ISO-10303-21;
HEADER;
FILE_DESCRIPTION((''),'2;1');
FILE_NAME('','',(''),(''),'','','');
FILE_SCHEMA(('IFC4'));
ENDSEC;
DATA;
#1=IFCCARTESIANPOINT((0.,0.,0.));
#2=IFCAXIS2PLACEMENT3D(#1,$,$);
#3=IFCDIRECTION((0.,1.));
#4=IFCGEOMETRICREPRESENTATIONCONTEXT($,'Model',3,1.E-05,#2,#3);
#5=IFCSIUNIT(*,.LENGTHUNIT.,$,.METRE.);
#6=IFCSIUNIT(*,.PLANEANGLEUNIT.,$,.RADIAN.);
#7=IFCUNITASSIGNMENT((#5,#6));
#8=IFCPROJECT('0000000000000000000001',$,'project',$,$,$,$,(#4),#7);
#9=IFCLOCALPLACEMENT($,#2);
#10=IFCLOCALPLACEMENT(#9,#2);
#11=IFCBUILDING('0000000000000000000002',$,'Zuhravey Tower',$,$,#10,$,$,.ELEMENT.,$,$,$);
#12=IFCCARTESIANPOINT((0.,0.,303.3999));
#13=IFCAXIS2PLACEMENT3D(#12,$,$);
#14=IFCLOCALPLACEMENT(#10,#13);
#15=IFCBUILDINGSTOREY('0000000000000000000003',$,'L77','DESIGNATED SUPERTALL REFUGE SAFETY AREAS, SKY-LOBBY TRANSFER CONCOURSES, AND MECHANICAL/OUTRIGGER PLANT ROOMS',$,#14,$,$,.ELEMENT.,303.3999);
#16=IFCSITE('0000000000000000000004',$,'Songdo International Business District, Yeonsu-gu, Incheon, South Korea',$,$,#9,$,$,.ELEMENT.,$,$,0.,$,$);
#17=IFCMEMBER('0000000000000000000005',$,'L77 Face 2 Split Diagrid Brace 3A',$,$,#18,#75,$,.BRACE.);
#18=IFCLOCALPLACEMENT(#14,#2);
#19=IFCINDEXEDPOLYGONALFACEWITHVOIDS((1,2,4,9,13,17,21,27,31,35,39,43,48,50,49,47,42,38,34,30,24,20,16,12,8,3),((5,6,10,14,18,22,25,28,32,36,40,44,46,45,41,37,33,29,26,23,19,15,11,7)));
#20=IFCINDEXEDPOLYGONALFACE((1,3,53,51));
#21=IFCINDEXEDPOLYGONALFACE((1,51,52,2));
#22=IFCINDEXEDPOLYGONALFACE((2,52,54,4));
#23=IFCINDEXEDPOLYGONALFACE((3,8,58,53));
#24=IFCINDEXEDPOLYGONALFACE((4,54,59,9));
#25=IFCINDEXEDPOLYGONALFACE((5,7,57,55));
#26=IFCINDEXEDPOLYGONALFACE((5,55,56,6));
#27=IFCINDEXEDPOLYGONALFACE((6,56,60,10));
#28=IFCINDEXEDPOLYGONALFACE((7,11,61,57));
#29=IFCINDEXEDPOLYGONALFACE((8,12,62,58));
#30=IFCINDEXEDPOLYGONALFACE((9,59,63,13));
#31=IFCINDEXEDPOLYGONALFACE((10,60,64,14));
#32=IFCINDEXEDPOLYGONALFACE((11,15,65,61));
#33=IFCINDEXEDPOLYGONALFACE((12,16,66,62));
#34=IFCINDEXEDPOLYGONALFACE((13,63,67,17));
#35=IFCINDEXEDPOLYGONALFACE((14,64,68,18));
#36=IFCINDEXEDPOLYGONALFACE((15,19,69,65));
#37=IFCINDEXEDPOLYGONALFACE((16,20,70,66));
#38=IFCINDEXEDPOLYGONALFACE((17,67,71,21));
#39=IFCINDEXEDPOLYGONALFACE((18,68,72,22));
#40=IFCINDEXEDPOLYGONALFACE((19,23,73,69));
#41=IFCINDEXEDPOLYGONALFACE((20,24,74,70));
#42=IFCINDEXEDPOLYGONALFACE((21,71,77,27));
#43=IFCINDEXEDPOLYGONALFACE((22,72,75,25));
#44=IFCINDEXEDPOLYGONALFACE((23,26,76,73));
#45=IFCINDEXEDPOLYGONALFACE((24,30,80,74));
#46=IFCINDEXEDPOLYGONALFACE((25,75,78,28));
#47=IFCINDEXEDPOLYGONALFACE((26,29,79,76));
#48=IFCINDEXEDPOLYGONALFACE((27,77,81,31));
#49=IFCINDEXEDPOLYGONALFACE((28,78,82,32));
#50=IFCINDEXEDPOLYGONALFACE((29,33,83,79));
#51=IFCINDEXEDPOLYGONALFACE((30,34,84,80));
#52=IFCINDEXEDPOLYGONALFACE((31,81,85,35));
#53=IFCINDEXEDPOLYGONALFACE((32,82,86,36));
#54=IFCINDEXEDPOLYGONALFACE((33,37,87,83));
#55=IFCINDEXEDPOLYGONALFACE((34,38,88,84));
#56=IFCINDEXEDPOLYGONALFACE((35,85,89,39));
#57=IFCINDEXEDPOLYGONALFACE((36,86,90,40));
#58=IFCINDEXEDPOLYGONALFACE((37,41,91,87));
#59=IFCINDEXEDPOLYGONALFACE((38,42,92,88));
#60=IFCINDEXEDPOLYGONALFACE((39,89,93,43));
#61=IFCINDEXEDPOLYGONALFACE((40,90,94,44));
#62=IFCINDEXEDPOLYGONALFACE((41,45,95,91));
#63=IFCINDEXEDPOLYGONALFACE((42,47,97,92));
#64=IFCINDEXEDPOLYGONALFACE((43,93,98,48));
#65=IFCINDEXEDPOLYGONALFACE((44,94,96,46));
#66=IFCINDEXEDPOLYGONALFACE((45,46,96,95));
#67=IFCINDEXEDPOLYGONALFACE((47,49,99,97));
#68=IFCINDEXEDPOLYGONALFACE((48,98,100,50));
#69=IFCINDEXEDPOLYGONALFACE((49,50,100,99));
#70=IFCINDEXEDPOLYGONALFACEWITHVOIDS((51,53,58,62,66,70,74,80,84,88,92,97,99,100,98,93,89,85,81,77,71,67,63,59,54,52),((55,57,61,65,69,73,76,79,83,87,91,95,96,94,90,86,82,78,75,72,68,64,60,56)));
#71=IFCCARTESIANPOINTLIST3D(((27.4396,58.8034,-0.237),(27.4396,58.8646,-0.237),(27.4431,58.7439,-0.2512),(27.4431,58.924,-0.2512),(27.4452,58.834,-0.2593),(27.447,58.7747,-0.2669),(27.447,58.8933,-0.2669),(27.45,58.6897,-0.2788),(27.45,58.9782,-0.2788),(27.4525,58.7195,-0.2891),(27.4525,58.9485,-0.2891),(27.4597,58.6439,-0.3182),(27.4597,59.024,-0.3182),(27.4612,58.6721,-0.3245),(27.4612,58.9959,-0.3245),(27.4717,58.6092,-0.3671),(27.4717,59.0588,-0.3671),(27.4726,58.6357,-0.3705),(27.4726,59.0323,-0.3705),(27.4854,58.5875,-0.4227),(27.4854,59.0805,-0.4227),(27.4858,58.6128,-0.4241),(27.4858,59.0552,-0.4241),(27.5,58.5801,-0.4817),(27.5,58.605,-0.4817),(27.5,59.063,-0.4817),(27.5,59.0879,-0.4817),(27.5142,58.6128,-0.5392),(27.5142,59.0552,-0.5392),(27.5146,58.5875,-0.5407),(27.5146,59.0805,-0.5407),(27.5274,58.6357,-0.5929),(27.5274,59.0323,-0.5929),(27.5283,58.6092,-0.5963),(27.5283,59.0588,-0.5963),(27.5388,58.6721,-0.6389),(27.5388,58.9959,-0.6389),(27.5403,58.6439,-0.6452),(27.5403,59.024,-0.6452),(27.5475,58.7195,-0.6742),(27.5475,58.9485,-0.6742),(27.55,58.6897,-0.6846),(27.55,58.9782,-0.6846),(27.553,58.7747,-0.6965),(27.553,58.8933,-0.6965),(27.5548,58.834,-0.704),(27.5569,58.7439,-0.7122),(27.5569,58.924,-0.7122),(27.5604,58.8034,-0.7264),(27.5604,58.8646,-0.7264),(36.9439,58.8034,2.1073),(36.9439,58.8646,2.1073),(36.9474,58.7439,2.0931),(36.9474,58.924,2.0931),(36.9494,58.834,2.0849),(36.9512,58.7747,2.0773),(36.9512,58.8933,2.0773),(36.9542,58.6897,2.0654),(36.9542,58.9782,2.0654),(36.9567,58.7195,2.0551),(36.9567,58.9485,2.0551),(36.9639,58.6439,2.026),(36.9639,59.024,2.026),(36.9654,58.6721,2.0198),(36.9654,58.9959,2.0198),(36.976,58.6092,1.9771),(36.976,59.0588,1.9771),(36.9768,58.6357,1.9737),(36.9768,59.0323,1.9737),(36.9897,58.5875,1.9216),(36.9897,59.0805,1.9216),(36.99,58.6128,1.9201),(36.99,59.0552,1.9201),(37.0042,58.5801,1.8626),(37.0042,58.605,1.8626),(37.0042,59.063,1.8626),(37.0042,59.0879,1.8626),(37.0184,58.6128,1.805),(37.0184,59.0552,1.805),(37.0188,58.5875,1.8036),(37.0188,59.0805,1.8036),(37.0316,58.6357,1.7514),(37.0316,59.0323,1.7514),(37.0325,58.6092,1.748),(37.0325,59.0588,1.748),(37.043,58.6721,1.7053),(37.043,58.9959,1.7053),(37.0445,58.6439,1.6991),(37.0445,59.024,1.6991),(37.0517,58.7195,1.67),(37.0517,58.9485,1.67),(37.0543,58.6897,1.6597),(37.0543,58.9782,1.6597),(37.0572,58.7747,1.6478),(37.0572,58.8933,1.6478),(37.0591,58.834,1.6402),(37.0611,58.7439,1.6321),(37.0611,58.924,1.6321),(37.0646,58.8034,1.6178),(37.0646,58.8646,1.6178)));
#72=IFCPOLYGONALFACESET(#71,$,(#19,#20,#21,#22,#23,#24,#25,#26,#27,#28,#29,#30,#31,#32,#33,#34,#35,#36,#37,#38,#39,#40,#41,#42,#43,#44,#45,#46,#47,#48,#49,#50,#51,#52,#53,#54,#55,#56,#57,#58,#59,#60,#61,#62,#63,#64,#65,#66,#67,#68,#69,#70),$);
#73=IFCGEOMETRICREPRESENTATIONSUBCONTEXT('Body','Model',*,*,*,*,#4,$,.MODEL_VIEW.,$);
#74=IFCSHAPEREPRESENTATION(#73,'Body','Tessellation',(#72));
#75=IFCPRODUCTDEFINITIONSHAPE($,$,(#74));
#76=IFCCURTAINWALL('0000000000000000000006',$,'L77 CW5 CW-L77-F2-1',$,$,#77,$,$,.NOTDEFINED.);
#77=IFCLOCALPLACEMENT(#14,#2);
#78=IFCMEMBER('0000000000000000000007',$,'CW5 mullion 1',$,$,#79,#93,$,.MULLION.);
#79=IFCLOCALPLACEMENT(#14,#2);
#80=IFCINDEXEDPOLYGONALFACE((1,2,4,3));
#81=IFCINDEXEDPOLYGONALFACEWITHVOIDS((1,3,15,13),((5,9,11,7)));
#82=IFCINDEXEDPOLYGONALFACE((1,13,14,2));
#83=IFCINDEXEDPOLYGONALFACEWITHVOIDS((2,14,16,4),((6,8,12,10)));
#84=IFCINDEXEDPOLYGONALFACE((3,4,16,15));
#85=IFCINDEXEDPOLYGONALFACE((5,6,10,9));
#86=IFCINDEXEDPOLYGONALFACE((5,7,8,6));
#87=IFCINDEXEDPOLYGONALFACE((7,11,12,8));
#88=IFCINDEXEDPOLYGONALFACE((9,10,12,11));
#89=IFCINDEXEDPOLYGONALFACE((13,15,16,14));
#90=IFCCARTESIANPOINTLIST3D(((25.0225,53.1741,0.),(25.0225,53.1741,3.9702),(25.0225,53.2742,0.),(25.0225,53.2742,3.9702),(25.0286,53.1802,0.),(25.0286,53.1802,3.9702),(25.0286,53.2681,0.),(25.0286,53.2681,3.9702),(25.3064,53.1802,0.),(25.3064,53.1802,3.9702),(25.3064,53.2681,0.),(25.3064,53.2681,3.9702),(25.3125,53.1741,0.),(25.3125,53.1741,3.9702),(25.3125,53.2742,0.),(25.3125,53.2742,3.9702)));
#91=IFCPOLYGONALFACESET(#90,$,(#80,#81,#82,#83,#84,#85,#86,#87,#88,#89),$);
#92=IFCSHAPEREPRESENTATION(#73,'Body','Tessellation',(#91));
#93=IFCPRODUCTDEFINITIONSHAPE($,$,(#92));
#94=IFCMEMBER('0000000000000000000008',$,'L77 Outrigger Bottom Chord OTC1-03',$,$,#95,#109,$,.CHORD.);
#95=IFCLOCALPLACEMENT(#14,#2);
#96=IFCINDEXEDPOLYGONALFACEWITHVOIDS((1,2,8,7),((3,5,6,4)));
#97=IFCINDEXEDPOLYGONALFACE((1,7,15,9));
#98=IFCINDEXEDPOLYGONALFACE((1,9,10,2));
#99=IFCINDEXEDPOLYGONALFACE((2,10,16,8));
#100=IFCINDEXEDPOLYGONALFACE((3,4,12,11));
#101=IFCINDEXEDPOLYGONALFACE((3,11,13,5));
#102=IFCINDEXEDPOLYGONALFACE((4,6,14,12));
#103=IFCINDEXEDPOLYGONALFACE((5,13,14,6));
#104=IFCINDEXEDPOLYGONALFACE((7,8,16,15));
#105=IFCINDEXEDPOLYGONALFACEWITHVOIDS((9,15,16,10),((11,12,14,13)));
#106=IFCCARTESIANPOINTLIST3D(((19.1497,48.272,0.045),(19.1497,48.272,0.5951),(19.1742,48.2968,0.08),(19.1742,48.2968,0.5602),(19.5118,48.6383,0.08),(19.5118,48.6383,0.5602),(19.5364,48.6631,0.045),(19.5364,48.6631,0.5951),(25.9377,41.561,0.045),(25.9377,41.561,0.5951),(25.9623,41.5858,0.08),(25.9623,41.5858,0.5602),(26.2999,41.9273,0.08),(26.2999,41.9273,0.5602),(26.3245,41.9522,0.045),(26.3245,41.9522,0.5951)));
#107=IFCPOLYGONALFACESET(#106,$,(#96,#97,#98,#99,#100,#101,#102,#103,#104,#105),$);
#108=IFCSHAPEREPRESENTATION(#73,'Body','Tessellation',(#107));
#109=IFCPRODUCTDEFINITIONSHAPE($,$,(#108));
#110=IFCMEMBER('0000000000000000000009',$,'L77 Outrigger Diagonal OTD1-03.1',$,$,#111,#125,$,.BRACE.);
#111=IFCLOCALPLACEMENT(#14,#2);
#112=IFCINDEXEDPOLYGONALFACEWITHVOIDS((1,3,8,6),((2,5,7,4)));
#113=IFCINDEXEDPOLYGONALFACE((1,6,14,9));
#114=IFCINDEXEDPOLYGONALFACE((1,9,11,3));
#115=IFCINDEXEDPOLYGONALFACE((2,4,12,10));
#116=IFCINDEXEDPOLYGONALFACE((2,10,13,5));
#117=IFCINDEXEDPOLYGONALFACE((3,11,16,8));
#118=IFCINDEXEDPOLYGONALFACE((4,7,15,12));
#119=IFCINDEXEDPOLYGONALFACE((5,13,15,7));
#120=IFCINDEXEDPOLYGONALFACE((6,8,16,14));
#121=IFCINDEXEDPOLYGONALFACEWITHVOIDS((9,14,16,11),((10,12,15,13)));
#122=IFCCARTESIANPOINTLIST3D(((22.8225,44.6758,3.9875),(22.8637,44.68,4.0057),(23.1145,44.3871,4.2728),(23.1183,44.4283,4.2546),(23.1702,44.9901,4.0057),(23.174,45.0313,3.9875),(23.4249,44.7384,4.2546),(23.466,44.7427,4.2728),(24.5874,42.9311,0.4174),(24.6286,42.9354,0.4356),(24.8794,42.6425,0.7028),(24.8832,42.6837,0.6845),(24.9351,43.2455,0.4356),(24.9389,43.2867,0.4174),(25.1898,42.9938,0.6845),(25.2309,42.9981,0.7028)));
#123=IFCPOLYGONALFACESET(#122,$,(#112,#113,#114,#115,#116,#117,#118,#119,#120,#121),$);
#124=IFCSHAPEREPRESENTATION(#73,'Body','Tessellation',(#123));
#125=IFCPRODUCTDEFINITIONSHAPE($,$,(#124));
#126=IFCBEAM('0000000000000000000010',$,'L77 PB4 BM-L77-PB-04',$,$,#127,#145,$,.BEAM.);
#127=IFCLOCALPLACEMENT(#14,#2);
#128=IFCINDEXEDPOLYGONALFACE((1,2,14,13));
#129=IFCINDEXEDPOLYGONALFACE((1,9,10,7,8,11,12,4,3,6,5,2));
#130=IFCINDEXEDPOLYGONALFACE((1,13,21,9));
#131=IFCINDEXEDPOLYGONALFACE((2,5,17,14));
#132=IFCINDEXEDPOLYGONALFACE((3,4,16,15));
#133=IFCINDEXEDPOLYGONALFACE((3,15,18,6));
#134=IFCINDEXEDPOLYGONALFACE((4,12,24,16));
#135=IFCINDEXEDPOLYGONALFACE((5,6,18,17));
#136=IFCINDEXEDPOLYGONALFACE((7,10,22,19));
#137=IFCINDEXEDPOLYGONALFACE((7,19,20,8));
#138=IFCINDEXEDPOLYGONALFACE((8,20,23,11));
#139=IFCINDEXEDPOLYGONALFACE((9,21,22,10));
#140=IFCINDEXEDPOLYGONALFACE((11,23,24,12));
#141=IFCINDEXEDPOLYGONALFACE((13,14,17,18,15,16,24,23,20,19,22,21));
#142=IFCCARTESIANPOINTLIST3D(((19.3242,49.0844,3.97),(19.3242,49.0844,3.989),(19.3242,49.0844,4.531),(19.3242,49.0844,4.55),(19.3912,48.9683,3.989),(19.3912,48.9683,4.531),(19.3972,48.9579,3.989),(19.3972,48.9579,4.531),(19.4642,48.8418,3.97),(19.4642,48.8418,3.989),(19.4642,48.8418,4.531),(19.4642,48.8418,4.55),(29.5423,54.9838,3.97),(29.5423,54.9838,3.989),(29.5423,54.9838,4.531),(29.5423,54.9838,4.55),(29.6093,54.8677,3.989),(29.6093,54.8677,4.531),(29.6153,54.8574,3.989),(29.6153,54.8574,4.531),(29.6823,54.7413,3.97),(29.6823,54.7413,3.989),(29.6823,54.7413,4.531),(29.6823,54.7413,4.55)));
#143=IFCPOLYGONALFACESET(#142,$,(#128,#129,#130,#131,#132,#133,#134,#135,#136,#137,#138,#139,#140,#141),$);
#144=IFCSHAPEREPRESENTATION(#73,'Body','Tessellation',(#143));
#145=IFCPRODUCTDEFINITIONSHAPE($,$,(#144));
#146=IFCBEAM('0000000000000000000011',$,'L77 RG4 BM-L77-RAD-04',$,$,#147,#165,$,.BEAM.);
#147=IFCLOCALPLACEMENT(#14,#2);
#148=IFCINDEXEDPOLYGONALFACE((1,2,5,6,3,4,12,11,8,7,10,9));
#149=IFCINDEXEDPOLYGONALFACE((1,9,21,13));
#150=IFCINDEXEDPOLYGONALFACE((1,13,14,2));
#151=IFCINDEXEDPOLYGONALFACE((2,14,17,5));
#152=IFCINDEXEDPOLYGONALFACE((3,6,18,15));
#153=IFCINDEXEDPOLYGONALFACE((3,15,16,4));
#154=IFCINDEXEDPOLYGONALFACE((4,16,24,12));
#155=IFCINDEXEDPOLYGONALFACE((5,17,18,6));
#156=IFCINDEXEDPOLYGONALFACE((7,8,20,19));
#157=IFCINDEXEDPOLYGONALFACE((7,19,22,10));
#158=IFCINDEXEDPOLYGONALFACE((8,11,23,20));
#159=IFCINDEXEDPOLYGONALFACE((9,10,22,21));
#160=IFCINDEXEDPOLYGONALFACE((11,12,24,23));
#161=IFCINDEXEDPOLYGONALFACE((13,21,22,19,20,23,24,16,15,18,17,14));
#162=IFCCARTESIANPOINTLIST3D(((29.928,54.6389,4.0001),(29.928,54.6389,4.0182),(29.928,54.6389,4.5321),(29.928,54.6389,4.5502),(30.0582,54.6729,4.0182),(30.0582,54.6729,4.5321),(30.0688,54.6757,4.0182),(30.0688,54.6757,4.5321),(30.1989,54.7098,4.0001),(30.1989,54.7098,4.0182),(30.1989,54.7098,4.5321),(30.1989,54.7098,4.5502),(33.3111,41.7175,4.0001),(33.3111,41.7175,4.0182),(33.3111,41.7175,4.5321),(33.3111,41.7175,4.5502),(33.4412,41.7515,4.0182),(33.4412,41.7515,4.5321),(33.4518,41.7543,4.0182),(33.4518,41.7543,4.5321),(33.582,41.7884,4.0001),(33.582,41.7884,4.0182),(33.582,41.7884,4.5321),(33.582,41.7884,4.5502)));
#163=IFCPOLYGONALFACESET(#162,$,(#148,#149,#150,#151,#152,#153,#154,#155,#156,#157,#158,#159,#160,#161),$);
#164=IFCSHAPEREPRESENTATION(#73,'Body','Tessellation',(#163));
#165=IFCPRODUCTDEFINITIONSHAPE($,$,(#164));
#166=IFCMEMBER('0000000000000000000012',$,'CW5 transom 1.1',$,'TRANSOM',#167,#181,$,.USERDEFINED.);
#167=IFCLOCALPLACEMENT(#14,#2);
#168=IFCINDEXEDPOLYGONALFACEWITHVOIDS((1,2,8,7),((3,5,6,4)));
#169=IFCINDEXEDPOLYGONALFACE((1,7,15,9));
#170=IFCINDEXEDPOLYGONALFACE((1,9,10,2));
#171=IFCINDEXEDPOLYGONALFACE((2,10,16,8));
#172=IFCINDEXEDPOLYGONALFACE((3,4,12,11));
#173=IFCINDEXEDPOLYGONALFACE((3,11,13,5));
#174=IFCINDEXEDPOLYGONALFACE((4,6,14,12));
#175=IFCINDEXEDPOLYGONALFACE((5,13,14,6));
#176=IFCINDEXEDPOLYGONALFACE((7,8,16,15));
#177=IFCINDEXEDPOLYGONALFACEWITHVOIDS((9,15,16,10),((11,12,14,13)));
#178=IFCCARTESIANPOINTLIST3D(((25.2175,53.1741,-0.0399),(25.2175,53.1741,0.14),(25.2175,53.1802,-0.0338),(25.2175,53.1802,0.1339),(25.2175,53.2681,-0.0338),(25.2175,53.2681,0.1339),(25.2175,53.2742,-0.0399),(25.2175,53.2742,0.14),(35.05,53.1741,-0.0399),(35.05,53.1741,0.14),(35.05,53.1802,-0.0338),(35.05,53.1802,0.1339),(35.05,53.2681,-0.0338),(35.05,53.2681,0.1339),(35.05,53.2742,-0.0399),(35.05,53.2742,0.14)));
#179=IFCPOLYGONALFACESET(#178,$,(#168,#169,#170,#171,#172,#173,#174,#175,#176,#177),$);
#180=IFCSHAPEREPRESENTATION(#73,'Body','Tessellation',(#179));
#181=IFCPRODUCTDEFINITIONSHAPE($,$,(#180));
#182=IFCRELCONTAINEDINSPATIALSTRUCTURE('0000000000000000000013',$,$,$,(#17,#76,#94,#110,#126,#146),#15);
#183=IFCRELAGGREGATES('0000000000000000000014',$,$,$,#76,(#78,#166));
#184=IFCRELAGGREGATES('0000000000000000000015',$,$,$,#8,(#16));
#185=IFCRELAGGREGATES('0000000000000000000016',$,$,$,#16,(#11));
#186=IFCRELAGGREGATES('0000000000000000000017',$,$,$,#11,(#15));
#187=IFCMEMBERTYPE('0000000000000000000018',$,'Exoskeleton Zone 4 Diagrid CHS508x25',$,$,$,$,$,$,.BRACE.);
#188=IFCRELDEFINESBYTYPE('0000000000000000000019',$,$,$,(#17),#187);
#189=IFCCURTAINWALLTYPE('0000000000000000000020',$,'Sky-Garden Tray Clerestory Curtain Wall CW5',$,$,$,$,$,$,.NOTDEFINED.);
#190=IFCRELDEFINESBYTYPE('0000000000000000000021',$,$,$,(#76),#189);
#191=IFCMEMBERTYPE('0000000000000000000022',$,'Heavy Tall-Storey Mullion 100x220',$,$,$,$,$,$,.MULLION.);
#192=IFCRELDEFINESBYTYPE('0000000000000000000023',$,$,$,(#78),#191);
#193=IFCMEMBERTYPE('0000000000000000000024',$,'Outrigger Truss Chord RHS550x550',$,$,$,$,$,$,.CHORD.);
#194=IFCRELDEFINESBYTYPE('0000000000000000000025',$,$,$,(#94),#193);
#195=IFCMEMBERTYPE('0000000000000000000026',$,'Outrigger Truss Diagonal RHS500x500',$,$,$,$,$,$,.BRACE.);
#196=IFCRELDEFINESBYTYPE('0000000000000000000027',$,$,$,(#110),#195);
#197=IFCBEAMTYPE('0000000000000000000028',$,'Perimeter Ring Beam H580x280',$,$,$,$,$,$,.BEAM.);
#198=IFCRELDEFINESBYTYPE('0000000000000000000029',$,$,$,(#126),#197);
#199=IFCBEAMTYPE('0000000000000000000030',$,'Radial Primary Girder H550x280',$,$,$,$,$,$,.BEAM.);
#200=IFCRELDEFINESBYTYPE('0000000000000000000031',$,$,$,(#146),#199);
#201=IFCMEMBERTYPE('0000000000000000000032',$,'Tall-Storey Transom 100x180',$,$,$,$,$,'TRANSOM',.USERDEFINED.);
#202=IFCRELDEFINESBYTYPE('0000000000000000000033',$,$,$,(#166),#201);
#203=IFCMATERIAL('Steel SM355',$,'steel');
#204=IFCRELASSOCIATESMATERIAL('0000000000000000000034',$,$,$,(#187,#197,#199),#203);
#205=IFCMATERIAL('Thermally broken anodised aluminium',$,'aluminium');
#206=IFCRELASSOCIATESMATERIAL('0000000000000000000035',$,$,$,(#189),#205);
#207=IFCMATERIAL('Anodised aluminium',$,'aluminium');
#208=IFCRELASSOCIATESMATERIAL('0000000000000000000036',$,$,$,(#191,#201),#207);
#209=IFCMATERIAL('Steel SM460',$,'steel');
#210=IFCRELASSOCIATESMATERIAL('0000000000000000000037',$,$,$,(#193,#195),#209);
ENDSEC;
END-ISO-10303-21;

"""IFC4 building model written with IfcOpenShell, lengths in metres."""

from ifc_helpers import new_model, si_unit, direction, frame, origin, origin_2d, place, context, subcontext, project, spatial, hollow_rectangle, hollow_circle, i_section, extrude, material, material_profile, profile_set, type_object, element, aggregate, save


model = new_model("IFC4")

# Units and contexts
model_context = context("Model", 3, precision=1e-05, world=origin(), true_north=direction((0.0, 1.0)))
body_context = subcontext(model_context, "Body", "Model", "MODEL_VIEW")
ifc_project = project(units=[si_unit("LENGTHUNIT", "METRE"), si_unit("PLANEANGLEUNIT", "RADIAN")], contexts=[model_context])

# Site, building, storey
site_placement = place(None, origin())
site = spatial("IfcSite", under=ifc_project, at=site_placement, Name="Songdo International Business District, Yeonsu-gu, Incheon, South Korea", CompositionType="ELEMENT", RefElevation=0.0)
building_placement = place(site_placement, origin())
building = spatial("IfcBuilding", under=site, at=building_placement, Name="Zuhravey Tower", CompositionType="ELEMENT")
storey_placement = place(building_placement, frame((0.0, 0.0, 303.3999)))
storey = spatial("IfcBuildingStorey", under=building, at=storey_placement, Name="L77", Description="DESIGNATED SUPERTALL REFUGE SAFETY AREAS, SKY-LOBBY TRANSFER CONCOURSES, AND MECHANICAL/OUTRIGGER PLANT ROOMS", CompositionType="ELEMENT", Elevation=303.3999)

# Shared definitions
ifc_material_1 = material(Name="Steel SM355", Category="steel")

# Shared definitions
ifc_material_2 = material(Name="Steel SM460", Category="steel")

# Member
ifc_material_profile_1 = material_profile(ifc_material_1, hollow_circle(Radius=0.2539, WallThickness=0.0249, at=origin_2d()), Name="CHS-508.0x25")
ifc_profile_set_1 = profile_set([ifc_material_profile_1], Name="Steel SM355")
member_type_1 = type_object("IfcMemberType", Name="Exoskeleton Zone 4 Diagrid CHS508x25", PredefinedType="BRACE", material=ifc_profile_set_1)
member_1_placement = place(storey_placement, frame((27.5, 58.834, -0.4817), z_axis=(0.970902, 0.0, 0.239477), x_axis=(0.0, 1.0, 0.0)))
element("IfcMember", 1, at=member_1_placement, inside=storey, type_object=member_type_1, Name="L77 Face 2 Split Diagrid Brace 3A", PredefinedType="BRACE", context=body_context, shape_type="SweptSolid", body=[
    extrude(hollow_circle(Radius=0.2539, WallThickness=0.0249, at=origin_2d()), origin(), (0.0, 0.0, 1.0), 9.7891),
])

# Curtain wall, member
ifc_material_3 = material(Name="Thermally broken anodised aluminium", Category="aluminium")
curtain_wall_type = type_object("IfcCurtainWallType", Name="Sky-Garden Tray Clerestory Curtain Wall CW5", PredefinedType="NOTDEFINED", material=ifc_material_3)
curtain_wall_placement = place(storey_placement, origin())
curtain_wall = element("IfcCurtainWall", 2, at=curtain_wall_placement, inside=storey, type_object=curtain_wall_type, Name="L77 CW5 CW-L77-F2-1", PredefinedType="NOTDEFINED")
ifc_material_4 = material(Name="Anodised aluminium", Category="aluminium")
ifc_material_profile_2 = material_profile(ifc_material_4, hollow_rectangle(XDim=0.1001, YDim=0.29, WallThickness=0.0061, at=origin_2d()), Name="ALU-RHS-100x290x6")
ifc_profile_set_2 = profile_set([ifc_material_profile_2], Name="Anodised aluminium")
member_type_2 = type_object("IfcMemberType", Name="Heavy Tall-Storey Mullion 100x220", PredefinedType="MULLION", material=ifc_profile_set_2)
member_2_placement = place(storey_placement, frame((25.1675, 53.2241, 0.0), z_axis=(0.0, 0.0, 1.0), x_axis=(0.0, 1.0, 0.0)))
member_2 = element("IfcMember", 3, at=member_2_placement, type_object=member_type_2, Name="CW5 mullion 1", PredefinedType="MULLION", context=body_context, shape_type="SweptSolid", body=[
    extrude(hollow_rectangle(XDim=0.1001, YDim=0.29, WallThickness=0.0061, at=origin_2d()), origin(), (0.0, 0.0, 1.0), 3.9702),
])

# Members
ifc_material_profile_3 = material_profile(ifc_material_2, hollow_rectangle(XDim=0.55, YDim=0.55, WallThickness=0.0349, at=origin_2d()), Name="RHS-550x550x35")
ifc_profile_set_3 = profile_set([ifc_material_profile_3], Name="Steel SM460")
member_type_3 = type_object("IfcMemberType", Name="Outrigger Truss Chord RHS550x550", PredefinedType="CHORD", material=ifc_profile_set_3)
member_3_placement = place(storey_placement, frame((26.1311, 41.7566, 0.3201), z_axis=(-0.711136, 0.703054, 0.0), x_axis=(-0.703054, -0.711136, 0.0)))
element("IfcMember", 4, at=member_3_placement, inside=storey, type_object=member_type_3, Name="L77 Outrigger Bottom Chord OTC1-03", PredefinedType="CHORD", context=body_context, shape_type="SweptSolid", body=[
    extrude(hollow_rectangle(XDim=0.55, YDim=0.55, WallThickness=0.0349, at=origin_2d()), origin(), (0.0, 0.0, 1.0), 9.5454),
])
ifc_material_profile_4 = material_profile(ifc_material_2, hollow_rectangle(XDim=0.5, YDim=0.5, WallThickness=0.032, at=origin_2d()), Name="RHS-500x500x32")
ifc_profile_set_4 = profile_set([ifc_material_profile_4], Name="Steel SM460")
member_type_4 = type_object("IfcMemberType", Name="Outrigger Truss Diagonal RHS500x500", PredefinedType="BRACE", material=ifc_profile_set_4)
member_4_placement = place(storey_placement, frame((24.9092, 42.9646, 0.5601), z_axis=(-0.405921, 0.401261, 0.821108), x_axis=(-0.703012, -0.711178, 0.0)))
element("IfcMember", 5, at=member_4_placement, inside=storey, type_object=member_type_4, Name="L77 Outrigger Diagonal OTD1-03.1", PredefinedType="BRACE", context=body_context, shape_type="SweptSolid", body=[
    extrude(hollow_rectangle(XDim=0.5, YDim=0.5, WallThickness=0.032, at=origin_2d()), origin(), (0.0, 0.0, 1.0), 4.3479),
])

# Beams
ifc_material_profile_5 = material_profile(ifc_material_1, i_section(OverallWidth=0.28, OverallDepth=0.5801, WebThickness=0.012, FlangeThickness=0.019, at=origin_2d()), Name="H-580x280x12x19")
ifc_profile_set_5 = profile_set([ifc_material_profile_5], Name="Steel SM355")
beam_type_1 = type_object("IfcBeamType", Name="Perimeter Ring Beam H580x280", PredefinedType="BEAM", material=ifc_profile_set_5)
beam_1_placement = place(storey_placement, frame((29.6123, 54.8625, 4.26), z_axis=(-0.866024, -0.500002, 0.0), x_axis=(0.500002, -0.866024, 0.0)))
element("IfcBeam", 6, at=beam_1_placement, inside=storey, type_object=beam_type_1, Name="L77 PB4 BM-L77-PB-04", PredefinedType="BEAM", context=body_context, shape_type="SweptSolid", body=[
    extrude(i_section(OverallWidth=0.28, OverallDepth=0.5801, WebThickness=0.012, FlangeThickness=0.019, at=origin_2d()), origin(), (0.0, 0.0, 1.0), 11.7988),
])
ifc_material_profile_6 = material_profile(ifc_material_1, i_section(OverallWidth=0.28, OverallDepth=0.55, WebThickness=0.011, FlangeThickness=0.0181, at=origin_2d()), Name="H-550x280x11x18")
ifc_profile_set_6 = profile_set([ifc_material_profile_6], Name="Steel SM355")
beam_type_2 = type_object("IfcBeamType", Name="Radial Primary Girder H550x280", PredefinedType="BEAM", material=ifc_profile_set_6)
beam_2_placement = place(storey_placement, frame((33.4465, 41.7529, 4.2751), z_axis=(-0.253281, 0.967393, 0.0), x_axis=(-0.967393, -0.253281, 0.0)))
element("IfcBeam", 7, at=beam_2_placement, inside=storey, type_object=beam_type_2, Name="L77 RG4 BM-L77-RAD-04", PredefinedType="BEAM", context=body_context, shape_type="SweptSolid", body=[
    extrude(i_section(OverallWidth=0.28, OverallDepth=0.55, WebThickness=0.011, FlangeThickness=0.0181, at=origin_2d()), origin(), (0.0, 0.0, 1.0), 13.3569),
])

# Member
ifc_material_profile_7 = material_profile(ifc_material_4, hollow_rectangle(XDim=0.1001, YDim=0.1799, WallThickness=0.0061, at=origin_2d()), Name="ALU-RHS-100x180x6")
ifc_profile_set_7 = profile_set([ifc_material_profile_7], Name="Anodised aluminium")
member_type_5 = type_object("IfcMemberType", Name="Tall-Storey Transom 100x180", ElementType="TRANSOM", PredefinedType="USERDEFINED", material=ifc_profile_set_7)
member_5_placement = place(storey_placement, frame((25.2175, 53.2241, 0.05), z_axis=(1.0, 0.0, 0.0), x_axis=(0.0, 1.0, 0.0)))
member_5 = element("IfcMember", 8, at=member_5_placement, type_object=member_type_5, Name="CW5 transom 1.1", ObjectType="TRANSOM", PredefinedType="USERDEFINED", context=body_context, shape_type="SweptSolid", body=[
    extrude(hollow_rectangle(XDim=0.1001, YDim=0.1799, WallThickness=0.0061, at=origin_2d()), origin(), (0.0, 0.0, 1.0), 9.8325),
])

aggregate(curtain_wall, [member_2, member_5])

save(model, "model.ifc")
